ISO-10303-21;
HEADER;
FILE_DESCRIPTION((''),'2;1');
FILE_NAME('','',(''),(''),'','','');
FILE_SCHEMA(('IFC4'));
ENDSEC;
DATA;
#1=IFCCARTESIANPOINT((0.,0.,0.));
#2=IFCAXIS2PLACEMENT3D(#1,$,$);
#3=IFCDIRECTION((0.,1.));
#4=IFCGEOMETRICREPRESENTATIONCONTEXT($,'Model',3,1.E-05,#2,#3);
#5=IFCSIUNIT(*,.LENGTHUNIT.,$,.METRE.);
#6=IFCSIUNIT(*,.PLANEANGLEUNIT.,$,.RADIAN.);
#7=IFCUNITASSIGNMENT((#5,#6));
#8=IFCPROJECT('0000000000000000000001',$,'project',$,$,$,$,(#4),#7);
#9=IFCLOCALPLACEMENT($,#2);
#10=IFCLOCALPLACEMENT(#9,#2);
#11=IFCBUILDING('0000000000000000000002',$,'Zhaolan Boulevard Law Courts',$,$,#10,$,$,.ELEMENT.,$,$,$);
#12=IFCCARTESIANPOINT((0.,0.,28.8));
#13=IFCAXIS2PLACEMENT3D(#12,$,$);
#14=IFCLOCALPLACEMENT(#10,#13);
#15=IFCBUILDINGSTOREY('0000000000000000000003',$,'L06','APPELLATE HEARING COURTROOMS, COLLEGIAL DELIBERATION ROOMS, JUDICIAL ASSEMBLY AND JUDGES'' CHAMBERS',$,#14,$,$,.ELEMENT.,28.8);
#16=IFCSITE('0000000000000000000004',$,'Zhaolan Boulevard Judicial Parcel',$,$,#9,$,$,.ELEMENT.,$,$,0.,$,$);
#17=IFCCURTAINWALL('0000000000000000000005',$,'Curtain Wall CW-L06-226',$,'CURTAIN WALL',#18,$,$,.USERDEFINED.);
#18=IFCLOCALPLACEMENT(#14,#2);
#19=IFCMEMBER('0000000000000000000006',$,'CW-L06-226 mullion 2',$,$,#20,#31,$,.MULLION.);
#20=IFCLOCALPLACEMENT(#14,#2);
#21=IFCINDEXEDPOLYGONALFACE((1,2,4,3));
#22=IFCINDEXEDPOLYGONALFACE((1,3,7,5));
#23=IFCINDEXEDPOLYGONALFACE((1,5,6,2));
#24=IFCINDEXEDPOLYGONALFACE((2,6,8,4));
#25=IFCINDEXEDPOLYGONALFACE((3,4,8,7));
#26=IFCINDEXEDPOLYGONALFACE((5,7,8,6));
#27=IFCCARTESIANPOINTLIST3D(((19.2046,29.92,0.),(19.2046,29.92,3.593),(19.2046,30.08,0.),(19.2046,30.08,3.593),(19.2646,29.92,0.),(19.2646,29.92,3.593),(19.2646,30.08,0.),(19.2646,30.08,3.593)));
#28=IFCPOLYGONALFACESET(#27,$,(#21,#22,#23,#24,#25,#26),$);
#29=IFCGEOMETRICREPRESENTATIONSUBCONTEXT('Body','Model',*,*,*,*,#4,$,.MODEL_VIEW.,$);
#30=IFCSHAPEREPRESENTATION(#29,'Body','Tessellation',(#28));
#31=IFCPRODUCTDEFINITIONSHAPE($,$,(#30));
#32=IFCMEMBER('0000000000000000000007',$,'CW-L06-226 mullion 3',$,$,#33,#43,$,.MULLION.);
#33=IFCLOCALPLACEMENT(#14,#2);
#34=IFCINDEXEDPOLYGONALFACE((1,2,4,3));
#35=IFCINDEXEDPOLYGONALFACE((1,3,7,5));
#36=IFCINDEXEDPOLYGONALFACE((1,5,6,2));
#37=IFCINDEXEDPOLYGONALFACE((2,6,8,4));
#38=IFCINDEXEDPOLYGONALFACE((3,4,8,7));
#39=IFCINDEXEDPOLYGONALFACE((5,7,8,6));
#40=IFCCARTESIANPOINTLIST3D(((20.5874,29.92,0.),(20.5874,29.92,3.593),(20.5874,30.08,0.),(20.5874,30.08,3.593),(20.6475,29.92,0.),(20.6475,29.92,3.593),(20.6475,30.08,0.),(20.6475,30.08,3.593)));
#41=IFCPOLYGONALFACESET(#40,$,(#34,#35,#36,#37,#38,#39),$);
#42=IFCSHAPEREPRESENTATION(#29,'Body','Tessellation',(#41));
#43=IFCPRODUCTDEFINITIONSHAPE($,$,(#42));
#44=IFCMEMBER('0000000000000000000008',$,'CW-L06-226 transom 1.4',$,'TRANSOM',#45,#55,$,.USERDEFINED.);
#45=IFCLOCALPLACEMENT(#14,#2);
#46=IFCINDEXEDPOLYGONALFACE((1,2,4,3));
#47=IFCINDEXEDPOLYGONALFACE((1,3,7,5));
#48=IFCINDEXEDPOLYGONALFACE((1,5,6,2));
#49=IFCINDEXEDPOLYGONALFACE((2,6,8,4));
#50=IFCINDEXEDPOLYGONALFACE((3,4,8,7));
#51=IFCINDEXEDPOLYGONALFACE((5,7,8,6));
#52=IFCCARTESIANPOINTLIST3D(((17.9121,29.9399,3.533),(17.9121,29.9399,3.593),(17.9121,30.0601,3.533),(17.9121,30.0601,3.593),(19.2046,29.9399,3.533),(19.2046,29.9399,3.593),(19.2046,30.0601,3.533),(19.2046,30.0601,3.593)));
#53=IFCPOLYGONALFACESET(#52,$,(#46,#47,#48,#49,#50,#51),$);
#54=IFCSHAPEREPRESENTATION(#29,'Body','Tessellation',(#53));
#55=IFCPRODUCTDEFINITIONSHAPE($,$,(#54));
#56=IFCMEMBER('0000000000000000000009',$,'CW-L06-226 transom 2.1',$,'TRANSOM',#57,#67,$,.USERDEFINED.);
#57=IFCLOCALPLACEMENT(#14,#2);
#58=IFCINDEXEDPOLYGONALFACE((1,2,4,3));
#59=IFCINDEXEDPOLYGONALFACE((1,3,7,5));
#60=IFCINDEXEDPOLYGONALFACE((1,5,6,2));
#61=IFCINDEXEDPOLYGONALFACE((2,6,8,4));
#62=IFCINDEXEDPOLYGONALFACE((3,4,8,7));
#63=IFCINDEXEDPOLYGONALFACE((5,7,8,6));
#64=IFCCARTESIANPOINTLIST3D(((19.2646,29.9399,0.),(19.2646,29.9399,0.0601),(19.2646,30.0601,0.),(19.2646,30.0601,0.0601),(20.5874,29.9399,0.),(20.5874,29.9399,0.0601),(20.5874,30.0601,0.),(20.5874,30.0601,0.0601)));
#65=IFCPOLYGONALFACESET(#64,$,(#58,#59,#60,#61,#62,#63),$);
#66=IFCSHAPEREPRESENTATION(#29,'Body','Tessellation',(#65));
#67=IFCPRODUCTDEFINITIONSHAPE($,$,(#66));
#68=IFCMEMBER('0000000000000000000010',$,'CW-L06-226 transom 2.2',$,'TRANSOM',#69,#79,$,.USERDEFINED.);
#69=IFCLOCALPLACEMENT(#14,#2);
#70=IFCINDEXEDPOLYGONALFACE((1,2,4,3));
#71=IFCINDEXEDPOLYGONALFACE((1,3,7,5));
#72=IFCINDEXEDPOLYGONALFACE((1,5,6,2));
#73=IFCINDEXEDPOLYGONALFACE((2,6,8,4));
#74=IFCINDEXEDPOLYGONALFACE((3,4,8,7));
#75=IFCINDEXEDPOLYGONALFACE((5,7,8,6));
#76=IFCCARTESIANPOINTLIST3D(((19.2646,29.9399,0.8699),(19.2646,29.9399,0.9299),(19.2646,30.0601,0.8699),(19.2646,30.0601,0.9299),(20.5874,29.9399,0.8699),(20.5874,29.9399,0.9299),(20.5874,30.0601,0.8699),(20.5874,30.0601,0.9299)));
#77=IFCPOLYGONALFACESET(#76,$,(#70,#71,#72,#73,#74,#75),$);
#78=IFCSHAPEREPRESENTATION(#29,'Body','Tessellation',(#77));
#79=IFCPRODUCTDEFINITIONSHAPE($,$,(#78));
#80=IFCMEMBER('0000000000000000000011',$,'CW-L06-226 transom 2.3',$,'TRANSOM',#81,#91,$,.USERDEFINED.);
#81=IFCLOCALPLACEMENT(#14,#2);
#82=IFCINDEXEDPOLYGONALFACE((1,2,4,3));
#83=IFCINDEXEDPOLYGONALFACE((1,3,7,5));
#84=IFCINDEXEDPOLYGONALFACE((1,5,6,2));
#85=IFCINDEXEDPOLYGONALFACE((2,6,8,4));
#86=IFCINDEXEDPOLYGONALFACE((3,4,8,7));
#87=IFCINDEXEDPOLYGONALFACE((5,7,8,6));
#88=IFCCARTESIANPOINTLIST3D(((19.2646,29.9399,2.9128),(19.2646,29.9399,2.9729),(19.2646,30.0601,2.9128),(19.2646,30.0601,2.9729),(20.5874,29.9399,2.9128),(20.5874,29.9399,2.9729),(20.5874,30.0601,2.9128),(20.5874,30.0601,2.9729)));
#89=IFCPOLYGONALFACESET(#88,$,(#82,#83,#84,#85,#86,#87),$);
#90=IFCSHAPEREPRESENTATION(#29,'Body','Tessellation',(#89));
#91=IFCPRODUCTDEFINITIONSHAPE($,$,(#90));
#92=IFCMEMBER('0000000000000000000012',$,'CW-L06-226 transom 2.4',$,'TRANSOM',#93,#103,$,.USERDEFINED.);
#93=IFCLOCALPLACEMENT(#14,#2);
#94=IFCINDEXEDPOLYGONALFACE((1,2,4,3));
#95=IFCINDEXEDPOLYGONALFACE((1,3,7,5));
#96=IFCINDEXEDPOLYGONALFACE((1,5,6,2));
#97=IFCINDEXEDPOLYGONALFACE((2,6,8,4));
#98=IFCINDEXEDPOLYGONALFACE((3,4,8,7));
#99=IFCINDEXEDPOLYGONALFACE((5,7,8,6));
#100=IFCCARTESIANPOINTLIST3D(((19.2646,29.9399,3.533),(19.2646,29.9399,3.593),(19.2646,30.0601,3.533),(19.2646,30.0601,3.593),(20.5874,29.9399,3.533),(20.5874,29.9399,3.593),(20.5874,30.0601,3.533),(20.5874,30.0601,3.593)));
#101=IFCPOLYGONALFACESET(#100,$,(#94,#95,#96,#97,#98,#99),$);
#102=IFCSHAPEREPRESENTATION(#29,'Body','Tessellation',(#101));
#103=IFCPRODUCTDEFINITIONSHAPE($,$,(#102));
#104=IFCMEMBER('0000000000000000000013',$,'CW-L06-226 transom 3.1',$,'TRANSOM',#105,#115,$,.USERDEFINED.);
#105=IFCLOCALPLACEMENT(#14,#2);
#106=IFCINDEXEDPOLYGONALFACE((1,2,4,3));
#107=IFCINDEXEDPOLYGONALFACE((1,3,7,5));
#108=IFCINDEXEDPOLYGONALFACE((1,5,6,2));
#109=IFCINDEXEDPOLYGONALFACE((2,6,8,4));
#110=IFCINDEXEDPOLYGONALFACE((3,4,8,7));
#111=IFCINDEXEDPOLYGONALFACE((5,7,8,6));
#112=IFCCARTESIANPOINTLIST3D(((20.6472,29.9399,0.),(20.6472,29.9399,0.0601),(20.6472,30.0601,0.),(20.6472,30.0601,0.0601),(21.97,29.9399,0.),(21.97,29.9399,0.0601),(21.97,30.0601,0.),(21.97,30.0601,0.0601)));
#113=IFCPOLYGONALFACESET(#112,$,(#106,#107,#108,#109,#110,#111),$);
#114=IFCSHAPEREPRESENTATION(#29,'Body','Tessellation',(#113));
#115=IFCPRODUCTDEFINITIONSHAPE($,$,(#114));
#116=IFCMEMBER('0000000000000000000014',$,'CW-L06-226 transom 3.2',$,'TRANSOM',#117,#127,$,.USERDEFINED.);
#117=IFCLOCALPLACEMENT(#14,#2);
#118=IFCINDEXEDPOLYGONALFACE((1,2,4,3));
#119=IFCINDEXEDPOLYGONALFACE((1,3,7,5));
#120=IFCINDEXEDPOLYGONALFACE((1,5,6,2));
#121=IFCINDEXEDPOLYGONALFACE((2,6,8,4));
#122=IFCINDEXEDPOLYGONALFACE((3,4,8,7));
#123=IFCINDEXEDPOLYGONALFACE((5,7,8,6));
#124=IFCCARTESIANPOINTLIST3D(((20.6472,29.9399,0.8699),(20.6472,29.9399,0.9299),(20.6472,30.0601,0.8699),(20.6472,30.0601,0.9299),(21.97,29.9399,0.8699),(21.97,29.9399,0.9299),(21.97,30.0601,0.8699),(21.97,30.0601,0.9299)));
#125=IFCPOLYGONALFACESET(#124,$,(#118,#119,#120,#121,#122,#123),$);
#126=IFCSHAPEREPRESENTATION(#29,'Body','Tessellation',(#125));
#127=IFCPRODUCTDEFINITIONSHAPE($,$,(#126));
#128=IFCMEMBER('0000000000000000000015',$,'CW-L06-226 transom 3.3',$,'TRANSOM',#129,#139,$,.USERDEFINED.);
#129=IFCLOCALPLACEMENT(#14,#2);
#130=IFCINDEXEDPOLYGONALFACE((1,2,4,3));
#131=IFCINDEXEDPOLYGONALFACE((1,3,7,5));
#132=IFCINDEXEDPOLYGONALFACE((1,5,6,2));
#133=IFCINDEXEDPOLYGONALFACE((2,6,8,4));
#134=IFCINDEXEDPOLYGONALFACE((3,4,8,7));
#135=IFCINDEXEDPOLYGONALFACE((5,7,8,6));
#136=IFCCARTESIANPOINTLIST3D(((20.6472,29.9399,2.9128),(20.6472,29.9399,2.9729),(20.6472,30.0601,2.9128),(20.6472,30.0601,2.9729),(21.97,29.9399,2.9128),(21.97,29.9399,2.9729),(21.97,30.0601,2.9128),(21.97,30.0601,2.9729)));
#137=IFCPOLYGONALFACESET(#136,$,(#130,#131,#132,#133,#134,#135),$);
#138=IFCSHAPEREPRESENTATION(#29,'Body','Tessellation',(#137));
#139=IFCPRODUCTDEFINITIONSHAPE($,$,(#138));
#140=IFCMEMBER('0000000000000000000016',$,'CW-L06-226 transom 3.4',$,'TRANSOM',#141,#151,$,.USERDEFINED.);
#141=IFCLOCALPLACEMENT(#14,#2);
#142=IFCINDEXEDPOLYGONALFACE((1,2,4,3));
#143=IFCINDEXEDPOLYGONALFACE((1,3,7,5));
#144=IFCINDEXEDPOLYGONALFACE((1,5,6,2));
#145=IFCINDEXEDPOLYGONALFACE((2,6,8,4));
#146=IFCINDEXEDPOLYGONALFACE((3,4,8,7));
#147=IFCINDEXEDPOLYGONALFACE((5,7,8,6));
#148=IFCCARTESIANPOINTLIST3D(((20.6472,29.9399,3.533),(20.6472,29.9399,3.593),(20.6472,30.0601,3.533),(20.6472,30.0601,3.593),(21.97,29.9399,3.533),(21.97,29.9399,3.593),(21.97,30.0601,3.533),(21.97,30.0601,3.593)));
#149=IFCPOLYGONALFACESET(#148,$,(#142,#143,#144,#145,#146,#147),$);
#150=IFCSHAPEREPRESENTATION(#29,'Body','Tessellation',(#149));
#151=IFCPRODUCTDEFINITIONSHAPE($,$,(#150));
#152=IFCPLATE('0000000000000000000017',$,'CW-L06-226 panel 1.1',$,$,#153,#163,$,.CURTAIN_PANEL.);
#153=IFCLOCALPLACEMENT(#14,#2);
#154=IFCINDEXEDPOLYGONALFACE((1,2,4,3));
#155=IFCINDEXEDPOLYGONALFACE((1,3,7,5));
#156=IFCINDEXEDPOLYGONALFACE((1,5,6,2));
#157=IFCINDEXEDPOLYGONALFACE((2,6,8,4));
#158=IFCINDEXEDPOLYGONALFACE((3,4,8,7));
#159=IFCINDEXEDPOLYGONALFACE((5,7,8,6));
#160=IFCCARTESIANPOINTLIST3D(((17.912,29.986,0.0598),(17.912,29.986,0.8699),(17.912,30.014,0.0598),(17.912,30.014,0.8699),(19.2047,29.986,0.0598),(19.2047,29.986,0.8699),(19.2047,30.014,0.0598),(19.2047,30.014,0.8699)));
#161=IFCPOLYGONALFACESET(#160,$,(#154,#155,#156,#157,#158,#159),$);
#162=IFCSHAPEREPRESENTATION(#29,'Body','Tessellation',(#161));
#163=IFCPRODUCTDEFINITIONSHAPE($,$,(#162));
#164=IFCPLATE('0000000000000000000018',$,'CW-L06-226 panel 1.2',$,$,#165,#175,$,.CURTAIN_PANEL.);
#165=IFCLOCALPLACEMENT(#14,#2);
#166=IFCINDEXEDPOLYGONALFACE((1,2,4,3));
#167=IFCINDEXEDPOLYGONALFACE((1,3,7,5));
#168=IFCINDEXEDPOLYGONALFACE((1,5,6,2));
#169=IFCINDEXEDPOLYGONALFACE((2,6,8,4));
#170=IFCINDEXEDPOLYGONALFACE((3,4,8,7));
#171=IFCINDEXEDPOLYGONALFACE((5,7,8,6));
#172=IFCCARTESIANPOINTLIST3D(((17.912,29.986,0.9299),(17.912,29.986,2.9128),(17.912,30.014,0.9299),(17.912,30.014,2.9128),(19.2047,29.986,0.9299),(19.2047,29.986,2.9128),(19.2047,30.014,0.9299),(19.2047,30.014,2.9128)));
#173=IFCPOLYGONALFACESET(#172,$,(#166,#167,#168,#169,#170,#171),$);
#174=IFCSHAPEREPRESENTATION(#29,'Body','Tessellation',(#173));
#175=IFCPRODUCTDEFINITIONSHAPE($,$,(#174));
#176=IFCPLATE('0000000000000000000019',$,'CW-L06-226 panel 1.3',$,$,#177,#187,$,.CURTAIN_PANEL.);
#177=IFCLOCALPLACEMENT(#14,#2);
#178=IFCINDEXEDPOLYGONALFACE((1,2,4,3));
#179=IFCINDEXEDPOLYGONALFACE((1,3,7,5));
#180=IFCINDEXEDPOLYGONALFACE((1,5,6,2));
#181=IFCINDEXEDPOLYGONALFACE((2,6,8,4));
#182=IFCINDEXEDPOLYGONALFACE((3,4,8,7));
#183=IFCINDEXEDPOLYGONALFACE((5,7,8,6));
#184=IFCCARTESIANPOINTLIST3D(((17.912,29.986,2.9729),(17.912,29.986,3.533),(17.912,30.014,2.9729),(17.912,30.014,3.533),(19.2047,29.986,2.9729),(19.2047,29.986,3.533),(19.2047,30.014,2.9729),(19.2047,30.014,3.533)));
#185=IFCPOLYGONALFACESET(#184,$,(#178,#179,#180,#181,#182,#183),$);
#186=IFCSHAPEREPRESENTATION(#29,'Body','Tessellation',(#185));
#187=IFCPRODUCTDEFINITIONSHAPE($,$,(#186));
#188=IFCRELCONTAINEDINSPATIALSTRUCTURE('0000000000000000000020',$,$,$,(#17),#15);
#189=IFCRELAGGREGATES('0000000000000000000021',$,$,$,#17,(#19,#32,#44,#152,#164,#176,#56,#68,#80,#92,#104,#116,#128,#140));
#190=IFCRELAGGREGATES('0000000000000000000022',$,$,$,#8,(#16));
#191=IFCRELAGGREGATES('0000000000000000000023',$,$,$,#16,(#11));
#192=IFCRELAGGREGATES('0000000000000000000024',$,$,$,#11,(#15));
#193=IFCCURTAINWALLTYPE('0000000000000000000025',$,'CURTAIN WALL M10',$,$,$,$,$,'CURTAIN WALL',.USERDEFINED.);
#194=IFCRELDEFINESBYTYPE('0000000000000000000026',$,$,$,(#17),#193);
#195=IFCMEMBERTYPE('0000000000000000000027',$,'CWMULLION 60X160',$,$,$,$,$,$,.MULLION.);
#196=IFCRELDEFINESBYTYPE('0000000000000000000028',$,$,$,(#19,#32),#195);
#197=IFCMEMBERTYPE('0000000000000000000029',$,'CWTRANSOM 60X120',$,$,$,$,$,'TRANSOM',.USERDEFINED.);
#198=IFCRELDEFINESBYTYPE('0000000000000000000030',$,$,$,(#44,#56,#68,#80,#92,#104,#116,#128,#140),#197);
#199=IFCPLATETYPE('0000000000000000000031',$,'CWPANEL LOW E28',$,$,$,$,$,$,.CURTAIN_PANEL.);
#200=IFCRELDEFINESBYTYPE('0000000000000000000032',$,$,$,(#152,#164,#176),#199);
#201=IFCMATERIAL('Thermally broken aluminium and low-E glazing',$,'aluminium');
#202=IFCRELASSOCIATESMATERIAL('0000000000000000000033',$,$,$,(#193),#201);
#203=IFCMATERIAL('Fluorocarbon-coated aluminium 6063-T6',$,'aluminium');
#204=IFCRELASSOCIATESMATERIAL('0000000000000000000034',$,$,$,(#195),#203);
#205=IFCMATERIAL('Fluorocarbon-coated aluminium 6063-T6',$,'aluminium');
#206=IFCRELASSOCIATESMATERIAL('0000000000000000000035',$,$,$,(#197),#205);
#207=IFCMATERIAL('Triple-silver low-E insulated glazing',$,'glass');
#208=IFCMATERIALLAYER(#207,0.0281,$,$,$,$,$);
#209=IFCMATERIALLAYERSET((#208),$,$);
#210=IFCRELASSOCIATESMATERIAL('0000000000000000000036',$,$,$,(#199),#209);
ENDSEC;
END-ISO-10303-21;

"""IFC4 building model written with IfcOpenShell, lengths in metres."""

from ifc_helpers import new_model, si_unit, direction, frame, origin, origin_2d, place, context, subcontext, project, spatial, rectangle, extrude, material, layer, layer_set, material_profile, profile_set, type_object, element, aggregate, save


model = new_model("IFC4")

# Units and contexts
model_context = context("Model", 3, precision=1e-05, world=origin(), true_north=direction((0.0, 1.0)))
body_context = subcontext(model_context, "Body", "Model", "MODEL_VIEW")
ifc_project = project(units=[si_unit("LENGTHUNIT", "METRE"), si_unit("PLANEANGLEUNIT", "RADIAN")], contexts=[model_context])

# Site, building, storey
site_placement = place(None, origin())
site = spatial("IfcSite", under=ifc_project, at=site_placement, Name="Zhaolan Boulevard Judicial Parcel", CompositionType="ELEMENT", RefElevation=0.0)
building_placement = place(site_placement, origin())
building = spatial("IfcBuilding", under=site, at=building_placement, Name="Zhaolan Boulevard Law Courts", CompositionType="ELEMENT")
storey_placement = place(building_placement, frame((0.0, 0.0, 28.8)))
storey = spatial("IfcBuildingStorey", under=building, at=storey_placement, Name="L06", Description="APPELLATE HEARING COURTROOMS, COLLEGIAL DELIBERATION ROOMS, JUDICIAL ASSEMBLY AND JUDGES' CHAMBERS", CompositionType="ELEMENT", Elevation=28.8)

# Curtain wall, members, plates
ifc_material_1 = material(Name="Thermally broken aluminium and low-E glazing", Category="aluminium")
curtain_wall_type = type_object("IfcCurtainWallType", Name="CURTAIN WALL M10", ElementType="CURTAIN WALL", PredefinedType="USERDEFINED", material=ifc_material_1)
curtain_wall_placement = place(storey_placement, origin())
curtain_wall = element("IfcCurtainWall", 1, at=curtain_wall_placement, inside=storey, type_object=curtain_wall_type, Name="Curtain Wall CW-L06-226", ObjectType="CURTAIN WALL", PredefinedType="USERDEFINED")
ifc_material_2 = material(Name="Fluorocarbon-coated aluminium 6063-T6", Category="aluminium")
ifc_material_profile_1 = material_profile(ifc_material_2, rectangle(XDim=0.1599, YDim=0.0601, at=origin_2d()), Name="AL60x160")
ifc_profile_set_1 = profile_set([ifc_material_profile_1], Name="Fluorocarbon-coated aluminium 6063-T6")
member_type_1 = type_object("IfcMemberType", Name="CWMULLION 60X160", PredefinedType="MULLION", material=ifc_profile_set_1)
member_1_placement = place(storey_placement, frame((19.2346, 30.0, 0.0), z_axis=(0.0, 0.0, 1.0), x_axis=(0.0, 1.0, 0.0)))
member_1 = element("IfcMember", 2, at=member_1_placement, type_object=member_type_1, Name="CW-L06-226 mullion 2", PredefinedType="MULLION", context=body_context, shape_type="SweptSolid", body=[
    extrude(rectangle(XDim=0.1599, YDim=0.0601, at=origin_2d()), origin(), (0.0, 0.0, 1.0), 3.593),
])
member_2_placement = place(storey_placement, frame((20.6174, 30.0, 0.0), z_axis=(0.0, 0.0, 1.0), x_axis=(0.0, 1.0, 0.0)))
member_2 = element("IfcMember", 3, at=member_2_placement, type_object=member_type_1, Name="CW-L06-226 mullion 3", PredefinedType="MULLION", context=body_context, shape_type="SweptSolid", body=[
    extrude(rectangle(XDim=0.1599, YDim=0.0601, at=origin_2d()), origin(), (0.0, 0.0, 1.0), 3.593),
])
ifc_material_3 = material(Name="Fluorocarbon-coated aluminium 6063-T6", Category="aluminium")
ifc_material_profile_2 = material_profile(ifc_material_3, rectangle(XDim=0.1201, YDim=0.0601, at=origin_2d()), Name="AL60x120")
ifc_profile_set_2 = profile_set([ifc_material_profile_2], Name="Fluorocarbon-coated aluminium 6063-T6")
member_type_2 = type_object("IfcMemberType", Name="CWTRANSOM 60X120", ElementType="TRANSOM", PredefinedType="USERDEFINED", material=ifc_profile_set_2)
member_3_placement = place(storey_placement, frame((17.9121, 30.0, 3.563), z_axis=(1.0, 0.0, 0.0), x_axis=(0.0, 1.0, 0.0)))
member_3 = element("IfcMember", 4, at=member_3_placement, type_object=member_type_2, Name="CW-L06-226 transom 1.4", ObjectType="TRANSOM", PredefinedType="USERDEFINED", context=body_context, shape_type="SweptSolid", body=[
    extrude(rectangle(XDim=0.1201, YDim=0.0601, at=origin_2d()), origin(), (0.0, 0.0, 1.0), 1.2925),
])
member_4_placement = place(storey_placement, frame((19.2646, 30.0, 0.03), z_axis=(1.0, 0.0, 0.0), x_axis=(0.0, 1.0, 0.0)))
member_4 = element("IfcMember", 5, at=member_4_placement, type_object=member_type_2, Name="CW-L06-226 transom 2.1", ObjectType="TRANSOM", PredefinedType="USERDEFINED", context=body_context, shape_type="SweptSolid", body=[
    extrude(rectangle(XDim=0.1201, YDim=0.0601, at=origin_2d()), origin(), (0.0, 0.0, 1.0), 1.3228),
])
member_5_placement = place(storey_placement, frame((19.2646, 30.0, 0.8999), z_axis=(1.0, 0.0, 0.0), x_axis=(0.0, 1.0, 0.0)))
member_5 = element("IfcMember", 6, at=member_5_placement, type_object=member_type_2, Name="CW-L06-226 transom 2.2", ObjectType="TRANSOM", PredefinedType="USERDEFINED", context=body_context, shape_type="SweptSolid", body=[
    extrude(rectangle(XDim=0.1201, YDim=0.0601, at=origin_2d()), origin(), (0.0, 0.0, 1.0), 1.3228),
])
member_6_placement = place(storey_placement, frame((19.2646, 30.0, 2.9429), z_axis=(1.0, 0.0, 0.0), x_axis=(0.0, 1.0, 0.0)))
member_6 = element("IfcMember", 7, at=member_6_placement, type_object=member_type_2, Name="CW-L06-226 transom 2.3", ObjectType="TRANSOM", PredefinedType="USERDEFINED", context=body_context, shape_type="SweptSolid", body=[
    extrude(rectangle(XDim=0.1201, YDim=0.0601, at=origin_2d()), origin(), (0.0, 0.0, 1.0), 1.3228),
])
member_7_placement = place(storey_placement, frame((19.2646, 30.0, 3.563), z_axis=(1.0, 0.0, 0.0), x_axis=(0.0, 1.0, 0.0)))
member_7 = element("IfcMember", 8, at=member_7_placement, type_object=member_type_2, Name="CW-L06-226 transom 2.4", ObjectType="TRANSOM", PredefinedType="USERDEFINED", context=body_context, shape_type="SweptSolid", body=[
    extrude(rectangle(XDim=0.1201, YDim=0.0601, at=origin_2d()), origin(), (0.0, 0.0, 1.0), 1.3228),
])
member_8_placement = place(storey_placement, frame((20.6472, 30.0, 0.03), z_axis=(1.0, 0.0, 0.0), x_axis=(0.0, 1.0, 0.0)))
member_8 = element("IfcMember", 9, at=member_8_placement, type_object=member_type_2, Name="CW-L06-226 transom 3.1", ObjectType="TRANSOM", PredefinedType="USERDEFINED", context=body_context, shape_type="SweptSolid", body=[
    extrude(rectangle(XDim=0.1201, YDim=0.0601, at=origin_2d()), origin(), (0.0, 0.0, 1.0), 1.3228),
])
member_9_placement = place(storey_placement, frame((20.6472, 30.0, 0.8999), z_axis=(1.0, 0.0, 0.0), x_axis=(0.0, 1.0, 0.0)))
member_9 = element("IfcMember", 10, at=member_9_placement, type_object=member_type_2, Name="CW-L06-226 transom 3.2", ObjectType="TRANSOM", PredefinedType="USERDEFINED", context=body_context, shape_type="SweptSolid", body=[
    extrude(rectangle(XDim=0.1201, YDim=0.0601, at=origin_2d()), origin(), (0.0, 0.0, 1.0), 1.3228),
])
member_10_placement = place(storey_placement, frame((20.6472, 30.0, 2.9429), z_axis=(1.0, 0.0, 0.0), x_axis=(0.0, 1.0, 0.0)))
member_10 = element("IfcMember", 11, at=member_10_placement, type_object=member_type_2, Name="CW-L06-226 transom 3.3", ObjectType="TRANSOM", PredefinedType="USERDEFINED", context=body_context, shape_type="SweptSolid", body=[
    extrude(rectangle(XDim=0.1201, YDim=0.0601, at=origin_2d()), origin(), (0.0, 0.0, 1.0), 1.3228),
])
member_11_placement = place(storey_placement, frame((20.6472, 30.0, 3.563), z_axis=(1.0, 0.0, 0.0), x_axis=(0.0, 1.0, 0.0)))
member_11 = element("IfcMember", 12, at=member_11_placement, type_object=member_type_2, Name="CW-L06-226 transom 3.4", ObjectType="TRANSOM", PredefinedType="USERDEFINED", context=body_context, shape_type="SweptSolid", body=[
    extrude(rectangle(XDim=0.1201, YDim=0.0601, at=origin_2d()), origin(), (0.0, 0.0, 1.0), 1.3228),
])
ifc_material_4 = material(Name="Triple-silver low-E insulated glazing", Category="glass")
ifc_layer_1 = layer(ifc_material_4, 0.0281)
ifc_layer_set_1 = layer_set([ifc_layer_1])
plate_type = type_object("IfcPlateType", Name="CWPANEL LOW E28", PredefinedType="CURTAIN_PANEL", material=ifc_layer_set_1)
plate_1_placement = place(storey_placement, frame((18.5583, 30.0, 0.0598), z_axis=(0.0, 0.0, 1.0), x_axis=(1.0, 0.0, 0.0)))
plate_1 = element("IfcPlate", 13, at=plate_1_placement, type_object=plate_type, Name="CW-L06-226 panel 1.1", PredefinedType="CURTAIN_PANEL", context=body_context, shape_type="SweptSolid", body=[
    extrude(rectangle(XDim=1.2927, YDim=0.0281, at=origin_2d()), origin(), (0.0, 0.0, 1.0), 0.8101),
])
plate_2_placement = place(storey_placement, frame((18.5583, 30.0, 0.9299), z_axis=(0.0, 0.0, 1.0), x_axis=(1.0, 0.0, 0.0)))
plate_2 = element("IfcPlate", 14, at=plate_2_placement, type_object=plate_type, Name="CW-L06-226 panel 1.2", PredefinedType="CURTAIN_PANEL", context=body_context, shape_type="SweptSolid", body=[
    extrude(rectangle(XDim=1.2927, YDim=0.0281, at=origin_2d()), origin(), (0.0, 0.0, 1.0), 1.9829),
])
plate_3_placement = place(storey_placement, frame((18.5583, 30.0, 2.9729), z_axis=(0.0, 0.0, 1.0), x_axis=(1.0, 0.0, 0.0)))
plate_3 = element("IfcPlate", 15, at=plate_3_placement, type_object=plate_type, Name="CW-L06-226 panel 1.3", PredefinedType="CURTAIN_PANEL", context=body_context, shape_type="SweptSolid", body=[
    extrude(rectangle(XDim=1.2927, YDim=0.0281, at=origin_2d()), origin(), (0.0, 0.0, 1.0), 0.5601),
])
aggregate(curtain_wall, [member_1, member_2, member_3, plate_1, plate_2, plate_3, member_4, member_5, member_6, member_7, member_8, member_9, member_10, member_11])

save(model, "model.ifc")
